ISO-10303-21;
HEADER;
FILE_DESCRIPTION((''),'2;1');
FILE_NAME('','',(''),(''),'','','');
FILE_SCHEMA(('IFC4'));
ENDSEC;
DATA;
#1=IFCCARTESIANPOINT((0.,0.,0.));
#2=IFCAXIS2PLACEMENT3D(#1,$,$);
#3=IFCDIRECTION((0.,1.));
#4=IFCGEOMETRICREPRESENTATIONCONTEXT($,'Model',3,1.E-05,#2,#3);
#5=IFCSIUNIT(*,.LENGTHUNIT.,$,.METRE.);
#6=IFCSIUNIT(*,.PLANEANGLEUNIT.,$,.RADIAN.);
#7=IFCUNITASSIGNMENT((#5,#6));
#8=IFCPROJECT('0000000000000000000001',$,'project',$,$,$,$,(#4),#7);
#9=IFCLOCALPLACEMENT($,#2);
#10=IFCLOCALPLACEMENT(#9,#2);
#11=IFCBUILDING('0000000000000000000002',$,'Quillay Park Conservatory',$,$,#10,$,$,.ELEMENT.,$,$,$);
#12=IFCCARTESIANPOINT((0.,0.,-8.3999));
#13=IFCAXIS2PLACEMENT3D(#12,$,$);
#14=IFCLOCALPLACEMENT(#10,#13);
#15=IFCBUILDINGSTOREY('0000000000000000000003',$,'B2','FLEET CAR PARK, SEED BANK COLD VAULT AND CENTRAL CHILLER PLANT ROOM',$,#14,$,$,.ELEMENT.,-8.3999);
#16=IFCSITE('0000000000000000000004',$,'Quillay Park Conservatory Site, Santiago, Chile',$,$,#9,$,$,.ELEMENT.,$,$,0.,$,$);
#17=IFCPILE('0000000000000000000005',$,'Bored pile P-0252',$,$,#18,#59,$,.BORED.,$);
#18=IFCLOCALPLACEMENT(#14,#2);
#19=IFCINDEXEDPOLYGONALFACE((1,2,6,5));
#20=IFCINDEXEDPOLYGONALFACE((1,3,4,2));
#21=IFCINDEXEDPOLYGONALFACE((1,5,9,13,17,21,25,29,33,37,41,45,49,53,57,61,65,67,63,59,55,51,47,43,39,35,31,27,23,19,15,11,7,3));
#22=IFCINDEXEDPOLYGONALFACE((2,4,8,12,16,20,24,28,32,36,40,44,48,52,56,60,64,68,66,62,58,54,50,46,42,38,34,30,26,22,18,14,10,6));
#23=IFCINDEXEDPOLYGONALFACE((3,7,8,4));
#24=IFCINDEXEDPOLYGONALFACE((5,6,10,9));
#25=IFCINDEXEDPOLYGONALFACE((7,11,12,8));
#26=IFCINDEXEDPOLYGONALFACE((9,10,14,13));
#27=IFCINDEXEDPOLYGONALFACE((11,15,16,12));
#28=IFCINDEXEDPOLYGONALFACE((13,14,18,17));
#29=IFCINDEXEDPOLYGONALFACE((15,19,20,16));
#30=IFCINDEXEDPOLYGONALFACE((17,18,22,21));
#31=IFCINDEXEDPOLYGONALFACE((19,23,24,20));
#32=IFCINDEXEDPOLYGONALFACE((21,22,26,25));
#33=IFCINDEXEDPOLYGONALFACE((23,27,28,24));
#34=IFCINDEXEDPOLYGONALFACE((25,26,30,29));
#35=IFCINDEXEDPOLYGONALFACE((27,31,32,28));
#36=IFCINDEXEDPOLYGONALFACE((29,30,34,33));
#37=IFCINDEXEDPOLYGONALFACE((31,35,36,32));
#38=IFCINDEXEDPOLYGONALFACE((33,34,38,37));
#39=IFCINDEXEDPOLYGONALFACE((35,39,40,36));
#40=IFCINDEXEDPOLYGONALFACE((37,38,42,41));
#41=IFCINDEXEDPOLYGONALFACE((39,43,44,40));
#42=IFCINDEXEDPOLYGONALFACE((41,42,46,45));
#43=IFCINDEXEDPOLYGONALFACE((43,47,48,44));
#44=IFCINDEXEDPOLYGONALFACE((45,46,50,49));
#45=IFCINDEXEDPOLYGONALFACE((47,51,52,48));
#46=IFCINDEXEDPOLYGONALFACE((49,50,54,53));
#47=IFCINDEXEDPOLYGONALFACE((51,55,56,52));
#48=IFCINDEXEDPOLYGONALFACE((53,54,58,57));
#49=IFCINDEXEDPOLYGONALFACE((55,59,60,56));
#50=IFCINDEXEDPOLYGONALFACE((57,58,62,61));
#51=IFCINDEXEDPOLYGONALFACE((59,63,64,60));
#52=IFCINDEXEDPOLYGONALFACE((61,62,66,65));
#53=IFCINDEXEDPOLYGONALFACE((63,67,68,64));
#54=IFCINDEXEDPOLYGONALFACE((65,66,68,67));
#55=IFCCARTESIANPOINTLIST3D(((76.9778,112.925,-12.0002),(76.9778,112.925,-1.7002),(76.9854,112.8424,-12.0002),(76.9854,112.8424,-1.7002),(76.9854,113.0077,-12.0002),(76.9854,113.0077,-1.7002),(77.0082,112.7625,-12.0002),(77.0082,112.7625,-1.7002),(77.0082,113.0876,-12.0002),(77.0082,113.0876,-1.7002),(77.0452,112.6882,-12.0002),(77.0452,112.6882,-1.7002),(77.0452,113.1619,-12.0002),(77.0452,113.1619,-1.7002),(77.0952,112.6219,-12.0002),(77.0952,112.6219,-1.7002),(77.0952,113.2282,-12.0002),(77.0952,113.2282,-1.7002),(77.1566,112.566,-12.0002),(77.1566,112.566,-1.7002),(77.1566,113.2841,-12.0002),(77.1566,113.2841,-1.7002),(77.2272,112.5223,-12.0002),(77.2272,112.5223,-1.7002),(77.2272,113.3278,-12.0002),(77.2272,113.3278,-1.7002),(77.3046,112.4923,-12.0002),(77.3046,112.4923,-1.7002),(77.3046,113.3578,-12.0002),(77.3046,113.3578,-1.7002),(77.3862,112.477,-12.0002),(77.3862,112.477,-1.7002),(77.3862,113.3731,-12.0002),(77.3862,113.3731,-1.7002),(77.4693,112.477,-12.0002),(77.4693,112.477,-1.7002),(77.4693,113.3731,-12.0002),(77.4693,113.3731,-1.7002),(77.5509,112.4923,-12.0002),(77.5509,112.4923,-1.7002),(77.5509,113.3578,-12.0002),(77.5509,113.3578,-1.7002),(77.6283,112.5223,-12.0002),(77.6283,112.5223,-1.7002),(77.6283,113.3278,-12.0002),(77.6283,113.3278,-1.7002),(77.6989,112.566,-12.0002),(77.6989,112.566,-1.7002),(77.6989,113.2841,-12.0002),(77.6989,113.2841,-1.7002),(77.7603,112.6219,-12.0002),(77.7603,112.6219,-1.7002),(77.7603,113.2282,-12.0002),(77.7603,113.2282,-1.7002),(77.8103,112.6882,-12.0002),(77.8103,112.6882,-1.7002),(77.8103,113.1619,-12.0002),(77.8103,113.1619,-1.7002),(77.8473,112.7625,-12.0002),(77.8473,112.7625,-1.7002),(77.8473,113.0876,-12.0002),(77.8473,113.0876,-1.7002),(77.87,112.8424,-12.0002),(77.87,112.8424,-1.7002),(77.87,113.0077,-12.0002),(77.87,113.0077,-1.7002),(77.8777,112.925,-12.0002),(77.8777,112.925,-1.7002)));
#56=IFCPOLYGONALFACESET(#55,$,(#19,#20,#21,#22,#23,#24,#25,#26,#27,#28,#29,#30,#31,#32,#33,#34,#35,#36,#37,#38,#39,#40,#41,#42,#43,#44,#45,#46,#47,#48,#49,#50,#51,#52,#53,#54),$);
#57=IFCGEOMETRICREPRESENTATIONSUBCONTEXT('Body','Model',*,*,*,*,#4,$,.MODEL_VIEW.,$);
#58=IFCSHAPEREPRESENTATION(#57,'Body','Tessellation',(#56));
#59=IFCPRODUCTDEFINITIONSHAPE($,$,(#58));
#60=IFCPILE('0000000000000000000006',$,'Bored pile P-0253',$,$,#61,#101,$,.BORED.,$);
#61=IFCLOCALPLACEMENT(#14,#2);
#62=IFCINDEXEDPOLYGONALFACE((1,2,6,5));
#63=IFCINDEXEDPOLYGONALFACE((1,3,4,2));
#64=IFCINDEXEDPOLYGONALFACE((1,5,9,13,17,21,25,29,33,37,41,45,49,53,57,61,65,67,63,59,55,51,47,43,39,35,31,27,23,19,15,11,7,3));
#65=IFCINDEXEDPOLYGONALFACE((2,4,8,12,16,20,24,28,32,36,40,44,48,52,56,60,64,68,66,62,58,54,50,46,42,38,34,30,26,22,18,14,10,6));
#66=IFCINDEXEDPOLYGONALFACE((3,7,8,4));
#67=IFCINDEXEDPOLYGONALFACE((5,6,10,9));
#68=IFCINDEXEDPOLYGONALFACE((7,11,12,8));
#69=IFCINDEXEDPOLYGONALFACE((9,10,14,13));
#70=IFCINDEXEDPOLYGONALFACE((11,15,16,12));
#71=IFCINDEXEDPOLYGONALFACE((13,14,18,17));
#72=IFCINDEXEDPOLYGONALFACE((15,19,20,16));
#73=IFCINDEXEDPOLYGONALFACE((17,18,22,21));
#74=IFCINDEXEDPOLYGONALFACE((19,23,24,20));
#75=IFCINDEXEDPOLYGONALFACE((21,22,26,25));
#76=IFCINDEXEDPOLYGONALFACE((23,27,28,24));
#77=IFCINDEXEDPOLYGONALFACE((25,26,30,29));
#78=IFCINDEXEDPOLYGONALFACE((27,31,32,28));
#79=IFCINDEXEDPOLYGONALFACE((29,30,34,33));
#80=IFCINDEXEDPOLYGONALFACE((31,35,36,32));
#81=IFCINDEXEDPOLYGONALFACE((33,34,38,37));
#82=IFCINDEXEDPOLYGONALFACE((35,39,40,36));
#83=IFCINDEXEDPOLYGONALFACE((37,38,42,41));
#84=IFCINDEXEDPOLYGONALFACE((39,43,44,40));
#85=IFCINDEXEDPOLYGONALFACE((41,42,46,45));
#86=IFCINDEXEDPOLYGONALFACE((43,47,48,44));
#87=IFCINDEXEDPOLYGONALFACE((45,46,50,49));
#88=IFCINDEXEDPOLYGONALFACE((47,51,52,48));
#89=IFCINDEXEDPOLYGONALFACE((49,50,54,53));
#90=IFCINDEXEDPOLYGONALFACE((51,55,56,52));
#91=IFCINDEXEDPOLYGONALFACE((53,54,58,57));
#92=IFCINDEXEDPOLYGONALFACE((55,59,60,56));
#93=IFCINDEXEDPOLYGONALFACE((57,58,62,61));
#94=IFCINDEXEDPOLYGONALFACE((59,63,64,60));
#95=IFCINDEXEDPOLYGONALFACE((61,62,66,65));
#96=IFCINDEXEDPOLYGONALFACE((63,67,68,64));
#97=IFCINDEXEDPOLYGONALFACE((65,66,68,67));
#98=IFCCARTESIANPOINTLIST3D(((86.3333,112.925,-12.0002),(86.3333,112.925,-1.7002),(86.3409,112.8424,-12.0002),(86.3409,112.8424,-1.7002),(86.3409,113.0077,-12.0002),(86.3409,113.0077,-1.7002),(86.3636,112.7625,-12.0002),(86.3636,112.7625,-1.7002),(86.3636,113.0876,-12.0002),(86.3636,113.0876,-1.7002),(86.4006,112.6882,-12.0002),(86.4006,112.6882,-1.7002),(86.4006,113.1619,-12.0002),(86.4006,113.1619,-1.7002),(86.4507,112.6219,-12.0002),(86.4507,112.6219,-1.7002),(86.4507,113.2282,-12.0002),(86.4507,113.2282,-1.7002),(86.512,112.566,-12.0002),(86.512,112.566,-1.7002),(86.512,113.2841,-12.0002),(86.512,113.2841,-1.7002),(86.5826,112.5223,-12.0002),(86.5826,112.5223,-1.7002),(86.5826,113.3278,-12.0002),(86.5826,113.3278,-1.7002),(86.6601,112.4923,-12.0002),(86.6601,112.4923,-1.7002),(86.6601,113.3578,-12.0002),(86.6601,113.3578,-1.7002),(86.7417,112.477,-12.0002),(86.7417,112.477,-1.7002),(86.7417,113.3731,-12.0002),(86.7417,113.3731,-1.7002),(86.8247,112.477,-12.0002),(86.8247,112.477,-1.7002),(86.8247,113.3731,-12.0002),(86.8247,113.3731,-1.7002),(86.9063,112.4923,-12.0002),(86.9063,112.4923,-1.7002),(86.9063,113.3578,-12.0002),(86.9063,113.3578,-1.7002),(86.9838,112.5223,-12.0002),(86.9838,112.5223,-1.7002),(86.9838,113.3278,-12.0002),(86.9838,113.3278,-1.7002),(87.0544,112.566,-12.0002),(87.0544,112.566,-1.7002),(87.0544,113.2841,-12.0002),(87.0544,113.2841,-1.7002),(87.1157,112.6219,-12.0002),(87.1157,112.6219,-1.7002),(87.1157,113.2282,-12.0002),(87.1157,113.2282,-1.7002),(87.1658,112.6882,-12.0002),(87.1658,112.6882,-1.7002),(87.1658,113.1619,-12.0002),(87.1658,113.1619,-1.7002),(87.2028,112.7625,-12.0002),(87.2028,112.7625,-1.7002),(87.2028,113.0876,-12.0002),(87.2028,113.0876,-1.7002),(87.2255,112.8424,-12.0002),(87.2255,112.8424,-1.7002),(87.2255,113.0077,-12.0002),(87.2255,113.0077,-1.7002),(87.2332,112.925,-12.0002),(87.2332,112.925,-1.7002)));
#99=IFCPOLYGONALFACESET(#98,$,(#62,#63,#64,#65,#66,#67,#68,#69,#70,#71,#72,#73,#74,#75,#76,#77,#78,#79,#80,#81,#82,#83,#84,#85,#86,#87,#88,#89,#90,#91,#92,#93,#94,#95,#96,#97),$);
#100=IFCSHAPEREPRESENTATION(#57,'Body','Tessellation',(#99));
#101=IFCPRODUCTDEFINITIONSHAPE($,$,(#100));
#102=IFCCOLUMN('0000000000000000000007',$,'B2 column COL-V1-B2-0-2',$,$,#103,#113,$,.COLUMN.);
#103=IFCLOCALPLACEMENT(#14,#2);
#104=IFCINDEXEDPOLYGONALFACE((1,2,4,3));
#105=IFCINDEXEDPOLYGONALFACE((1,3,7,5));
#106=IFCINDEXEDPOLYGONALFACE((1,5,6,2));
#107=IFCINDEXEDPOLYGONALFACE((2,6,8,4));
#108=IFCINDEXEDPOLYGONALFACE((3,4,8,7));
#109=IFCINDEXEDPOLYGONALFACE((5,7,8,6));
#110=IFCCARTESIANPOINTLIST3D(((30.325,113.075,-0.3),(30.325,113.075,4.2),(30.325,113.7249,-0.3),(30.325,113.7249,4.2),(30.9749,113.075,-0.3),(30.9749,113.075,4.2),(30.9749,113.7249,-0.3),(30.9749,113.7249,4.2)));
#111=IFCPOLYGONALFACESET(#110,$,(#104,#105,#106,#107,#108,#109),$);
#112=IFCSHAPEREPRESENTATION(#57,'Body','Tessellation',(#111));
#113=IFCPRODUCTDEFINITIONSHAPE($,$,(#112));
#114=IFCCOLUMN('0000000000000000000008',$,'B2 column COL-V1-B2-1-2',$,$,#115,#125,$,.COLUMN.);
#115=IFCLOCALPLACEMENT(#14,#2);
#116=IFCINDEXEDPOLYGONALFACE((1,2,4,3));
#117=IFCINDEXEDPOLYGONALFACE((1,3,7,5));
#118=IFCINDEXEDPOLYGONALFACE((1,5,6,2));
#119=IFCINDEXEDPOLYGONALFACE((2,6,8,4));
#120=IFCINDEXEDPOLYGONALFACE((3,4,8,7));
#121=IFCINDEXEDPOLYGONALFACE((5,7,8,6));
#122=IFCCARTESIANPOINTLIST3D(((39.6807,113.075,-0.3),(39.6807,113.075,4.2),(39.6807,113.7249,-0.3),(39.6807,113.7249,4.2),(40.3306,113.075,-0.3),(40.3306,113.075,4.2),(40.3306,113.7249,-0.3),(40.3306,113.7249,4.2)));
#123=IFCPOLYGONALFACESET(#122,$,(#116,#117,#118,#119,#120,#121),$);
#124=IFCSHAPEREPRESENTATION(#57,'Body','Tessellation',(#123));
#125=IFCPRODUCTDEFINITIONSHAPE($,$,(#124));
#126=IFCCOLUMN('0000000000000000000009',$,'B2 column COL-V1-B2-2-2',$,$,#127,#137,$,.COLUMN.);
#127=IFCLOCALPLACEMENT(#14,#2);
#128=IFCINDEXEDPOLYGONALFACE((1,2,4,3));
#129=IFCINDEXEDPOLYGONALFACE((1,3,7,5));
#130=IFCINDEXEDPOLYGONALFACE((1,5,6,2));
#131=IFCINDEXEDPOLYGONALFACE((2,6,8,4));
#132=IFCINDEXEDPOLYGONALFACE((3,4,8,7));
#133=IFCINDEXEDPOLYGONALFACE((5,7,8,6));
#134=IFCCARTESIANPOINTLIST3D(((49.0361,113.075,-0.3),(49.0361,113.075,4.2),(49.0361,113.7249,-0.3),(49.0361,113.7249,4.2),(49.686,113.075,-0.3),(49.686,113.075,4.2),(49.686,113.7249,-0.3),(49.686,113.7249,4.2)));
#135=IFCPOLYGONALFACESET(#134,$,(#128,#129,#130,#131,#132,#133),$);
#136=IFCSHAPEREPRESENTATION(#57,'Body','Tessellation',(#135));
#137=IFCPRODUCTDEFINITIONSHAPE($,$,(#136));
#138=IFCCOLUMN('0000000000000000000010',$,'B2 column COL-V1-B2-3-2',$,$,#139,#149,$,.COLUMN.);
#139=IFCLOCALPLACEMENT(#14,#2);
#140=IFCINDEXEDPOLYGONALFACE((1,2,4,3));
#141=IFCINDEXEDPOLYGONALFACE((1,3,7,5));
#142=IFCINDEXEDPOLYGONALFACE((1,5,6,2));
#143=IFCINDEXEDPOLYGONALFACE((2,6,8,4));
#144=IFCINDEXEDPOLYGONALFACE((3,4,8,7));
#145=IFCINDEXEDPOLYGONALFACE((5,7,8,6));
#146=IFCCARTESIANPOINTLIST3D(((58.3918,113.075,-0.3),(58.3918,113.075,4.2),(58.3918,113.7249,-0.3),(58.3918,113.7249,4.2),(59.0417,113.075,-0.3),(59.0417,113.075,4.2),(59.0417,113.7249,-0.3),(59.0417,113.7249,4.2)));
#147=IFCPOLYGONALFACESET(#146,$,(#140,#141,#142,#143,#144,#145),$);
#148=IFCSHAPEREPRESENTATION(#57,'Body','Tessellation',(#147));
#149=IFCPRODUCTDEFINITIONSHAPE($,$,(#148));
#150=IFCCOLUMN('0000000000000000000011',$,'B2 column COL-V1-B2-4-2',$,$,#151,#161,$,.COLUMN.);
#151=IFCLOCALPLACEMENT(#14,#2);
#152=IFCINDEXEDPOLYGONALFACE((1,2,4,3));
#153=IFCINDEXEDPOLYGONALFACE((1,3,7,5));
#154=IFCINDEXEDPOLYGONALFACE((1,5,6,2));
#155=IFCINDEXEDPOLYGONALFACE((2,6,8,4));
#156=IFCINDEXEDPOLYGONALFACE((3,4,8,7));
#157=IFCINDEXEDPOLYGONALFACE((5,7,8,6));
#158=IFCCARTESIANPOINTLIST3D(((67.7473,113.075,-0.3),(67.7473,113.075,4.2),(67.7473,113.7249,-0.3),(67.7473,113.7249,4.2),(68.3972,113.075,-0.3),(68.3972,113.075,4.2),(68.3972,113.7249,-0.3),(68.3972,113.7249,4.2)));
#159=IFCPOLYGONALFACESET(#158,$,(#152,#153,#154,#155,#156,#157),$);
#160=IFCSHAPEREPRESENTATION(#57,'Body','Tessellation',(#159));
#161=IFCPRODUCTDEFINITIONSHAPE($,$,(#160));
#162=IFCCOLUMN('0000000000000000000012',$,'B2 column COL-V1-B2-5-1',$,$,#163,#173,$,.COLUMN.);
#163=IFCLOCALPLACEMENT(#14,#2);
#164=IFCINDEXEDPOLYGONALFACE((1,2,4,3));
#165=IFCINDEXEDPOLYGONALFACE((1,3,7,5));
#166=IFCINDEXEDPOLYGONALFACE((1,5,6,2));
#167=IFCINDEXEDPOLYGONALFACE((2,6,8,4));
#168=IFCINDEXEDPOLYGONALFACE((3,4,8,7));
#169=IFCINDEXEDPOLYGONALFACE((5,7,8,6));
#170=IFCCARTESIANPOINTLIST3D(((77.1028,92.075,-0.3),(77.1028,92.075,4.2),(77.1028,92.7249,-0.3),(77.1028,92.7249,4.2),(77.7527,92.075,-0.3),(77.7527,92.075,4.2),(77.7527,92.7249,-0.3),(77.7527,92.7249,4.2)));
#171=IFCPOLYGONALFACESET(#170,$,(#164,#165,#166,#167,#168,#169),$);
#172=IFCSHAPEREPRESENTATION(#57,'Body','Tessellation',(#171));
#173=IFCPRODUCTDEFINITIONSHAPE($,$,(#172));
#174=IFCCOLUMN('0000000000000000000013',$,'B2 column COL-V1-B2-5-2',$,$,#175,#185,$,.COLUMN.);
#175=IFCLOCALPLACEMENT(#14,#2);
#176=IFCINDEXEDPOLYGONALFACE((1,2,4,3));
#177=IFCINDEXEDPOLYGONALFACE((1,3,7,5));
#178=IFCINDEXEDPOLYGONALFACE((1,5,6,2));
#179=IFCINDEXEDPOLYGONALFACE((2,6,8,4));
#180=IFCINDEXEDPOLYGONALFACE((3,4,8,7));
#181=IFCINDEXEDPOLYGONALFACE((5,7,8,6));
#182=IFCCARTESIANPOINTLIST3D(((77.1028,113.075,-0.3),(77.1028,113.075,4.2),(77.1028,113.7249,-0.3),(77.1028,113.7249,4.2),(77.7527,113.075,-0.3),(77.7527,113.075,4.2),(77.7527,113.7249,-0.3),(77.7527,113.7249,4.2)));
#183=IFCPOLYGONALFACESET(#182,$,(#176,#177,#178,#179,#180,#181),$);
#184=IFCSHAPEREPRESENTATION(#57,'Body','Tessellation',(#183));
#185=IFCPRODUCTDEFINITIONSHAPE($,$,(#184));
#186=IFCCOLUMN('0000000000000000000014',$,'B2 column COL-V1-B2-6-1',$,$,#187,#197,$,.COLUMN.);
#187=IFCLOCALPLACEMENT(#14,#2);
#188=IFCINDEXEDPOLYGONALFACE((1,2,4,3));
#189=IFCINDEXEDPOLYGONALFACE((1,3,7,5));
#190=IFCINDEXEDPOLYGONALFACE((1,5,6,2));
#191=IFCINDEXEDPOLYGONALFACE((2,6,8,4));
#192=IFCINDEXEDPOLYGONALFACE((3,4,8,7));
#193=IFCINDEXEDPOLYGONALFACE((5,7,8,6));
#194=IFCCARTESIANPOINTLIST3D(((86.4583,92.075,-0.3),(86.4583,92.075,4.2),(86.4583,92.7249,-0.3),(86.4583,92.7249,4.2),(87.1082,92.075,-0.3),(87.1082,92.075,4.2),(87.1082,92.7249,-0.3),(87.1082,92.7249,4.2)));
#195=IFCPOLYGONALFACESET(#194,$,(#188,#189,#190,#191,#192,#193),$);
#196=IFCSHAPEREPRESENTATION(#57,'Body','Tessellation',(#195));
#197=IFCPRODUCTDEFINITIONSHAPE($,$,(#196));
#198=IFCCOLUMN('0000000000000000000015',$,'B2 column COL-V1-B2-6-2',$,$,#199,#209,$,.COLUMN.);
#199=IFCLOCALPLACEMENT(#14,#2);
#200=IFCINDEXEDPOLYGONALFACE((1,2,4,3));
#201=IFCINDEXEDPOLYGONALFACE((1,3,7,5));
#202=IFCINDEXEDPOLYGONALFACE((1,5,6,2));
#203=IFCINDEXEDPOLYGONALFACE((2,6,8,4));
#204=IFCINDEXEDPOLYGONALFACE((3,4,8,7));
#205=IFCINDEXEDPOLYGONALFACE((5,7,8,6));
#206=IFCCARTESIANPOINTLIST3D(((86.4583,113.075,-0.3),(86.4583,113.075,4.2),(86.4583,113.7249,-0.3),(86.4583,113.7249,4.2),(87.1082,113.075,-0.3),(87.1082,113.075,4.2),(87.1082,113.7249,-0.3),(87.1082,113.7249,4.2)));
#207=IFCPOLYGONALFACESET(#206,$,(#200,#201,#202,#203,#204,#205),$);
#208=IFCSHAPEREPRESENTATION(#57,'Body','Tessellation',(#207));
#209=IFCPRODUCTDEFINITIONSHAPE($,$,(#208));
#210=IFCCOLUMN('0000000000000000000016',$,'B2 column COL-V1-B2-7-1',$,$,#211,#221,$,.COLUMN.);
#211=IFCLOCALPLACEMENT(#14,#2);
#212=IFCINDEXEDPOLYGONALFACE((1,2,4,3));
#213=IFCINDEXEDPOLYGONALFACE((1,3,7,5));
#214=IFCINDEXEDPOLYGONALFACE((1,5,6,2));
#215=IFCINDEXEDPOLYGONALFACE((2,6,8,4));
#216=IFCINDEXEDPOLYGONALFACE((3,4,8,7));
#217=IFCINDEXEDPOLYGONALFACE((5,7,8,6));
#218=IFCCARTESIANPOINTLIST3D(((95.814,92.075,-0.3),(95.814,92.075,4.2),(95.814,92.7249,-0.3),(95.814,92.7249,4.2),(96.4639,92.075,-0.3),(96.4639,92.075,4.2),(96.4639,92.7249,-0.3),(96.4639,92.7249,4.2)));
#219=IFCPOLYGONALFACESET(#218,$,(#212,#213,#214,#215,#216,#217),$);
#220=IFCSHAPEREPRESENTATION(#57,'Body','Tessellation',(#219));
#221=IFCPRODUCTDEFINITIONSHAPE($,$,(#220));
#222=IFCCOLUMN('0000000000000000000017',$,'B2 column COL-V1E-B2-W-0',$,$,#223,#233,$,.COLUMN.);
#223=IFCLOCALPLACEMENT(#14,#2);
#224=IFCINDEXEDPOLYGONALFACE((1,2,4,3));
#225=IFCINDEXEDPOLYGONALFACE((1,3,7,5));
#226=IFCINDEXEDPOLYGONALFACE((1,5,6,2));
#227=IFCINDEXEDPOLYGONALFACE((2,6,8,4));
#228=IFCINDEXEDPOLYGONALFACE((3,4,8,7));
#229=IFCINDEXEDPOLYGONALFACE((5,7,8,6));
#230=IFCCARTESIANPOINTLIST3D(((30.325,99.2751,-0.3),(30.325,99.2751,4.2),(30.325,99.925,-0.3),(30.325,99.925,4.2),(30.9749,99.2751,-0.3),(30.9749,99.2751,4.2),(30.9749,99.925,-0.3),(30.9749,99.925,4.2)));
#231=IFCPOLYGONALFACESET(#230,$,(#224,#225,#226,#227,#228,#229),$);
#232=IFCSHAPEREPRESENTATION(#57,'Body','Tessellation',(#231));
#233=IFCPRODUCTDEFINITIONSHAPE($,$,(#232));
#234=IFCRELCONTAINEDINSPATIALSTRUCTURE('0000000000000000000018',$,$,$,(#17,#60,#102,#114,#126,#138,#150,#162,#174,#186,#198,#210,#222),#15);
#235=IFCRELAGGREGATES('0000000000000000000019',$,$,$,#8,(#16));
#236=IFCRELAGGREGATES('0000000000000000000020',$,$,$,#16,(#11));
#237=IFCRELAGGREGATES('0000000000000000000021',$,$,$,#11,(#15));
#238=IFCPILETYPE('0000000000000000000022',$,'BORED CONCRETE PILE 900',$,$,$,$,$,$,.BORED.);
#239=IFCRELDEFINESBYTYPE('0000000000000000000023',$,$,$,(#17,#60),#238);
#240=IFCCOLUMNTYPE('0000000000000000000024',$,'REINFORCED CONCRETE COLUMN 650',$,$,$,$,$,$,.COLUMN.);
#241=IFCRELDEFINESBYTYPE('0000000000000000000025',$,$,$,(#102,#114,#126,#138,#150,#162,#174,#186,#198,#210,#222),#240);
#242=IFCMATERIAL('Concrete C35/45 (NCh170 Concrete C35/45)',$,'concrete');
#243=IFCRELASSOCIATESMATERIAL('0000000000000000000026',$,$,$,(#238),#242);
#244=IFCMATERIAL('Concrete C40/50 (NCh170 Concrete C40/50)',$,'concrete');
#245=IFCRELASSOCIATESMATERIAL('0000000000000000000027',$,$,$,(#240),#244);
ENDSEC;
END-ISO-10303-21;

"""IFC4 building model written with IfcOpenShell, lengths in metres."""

from ifc_helpers import new_model, si_unit, direction, frame, origin, origin_2d, place, context, subcontext, project, spatial, rectangle, circle, extrude, material, material_profile, profile_set, type_object, element, save


model = new_model("IFC4")

# Units and contexts
model_context = context("Model", 3, precision=1e-05, world=origin(), true_north=direction((0.0, 1.0)))
body_context = subcontext(model_context, "Body", "Model", "MODEL_VIEW")
ifc_project = project(units=[si_unit("LENGTHUNIT", "METRE"), si_unit("PLANEANGLEUNIT", "RADIAN")], contexts=[model_context])

# Site, building, storey
site_placement = place(None, origin())
site = spatial("IfcSite", under=ifc_project, at=site_placement, Name="Quillay Park Conservatory Site, Santiago, Chile", CompositionType="ELEMENT", RefElevation=0.0)
building_placement = place(site_placement, origin())
building = spatial("IfcBuilding", under=site, at=building_placement, Name="Quillay Park Conservatory", CompositionType="ELEMENT")
storey_placement = place(building_placement, frame((0.0, 0.0, -8.3999)))
storey = spatial("IfcBuildingStorey", under=building, at=storey_placement, Name="B2", Description="FLEET CAR PARK, SEED BANK COLD VAULT AND CENTRAL CHILLER PLANT ROOM", CompositionType="ELEMENT", Elevation=-8.3999)

# Piles
ifc_material_1 = material(Name="Concrete C35/45 (NCh170 Concrete C35/45)", Category="concrete")
ifc_material_profile_1 = material_profile(ifc_material_1, circle(Radius=0.45, at=origin_2d()), Name="PILE900")
ifc_profile_set_1 = profile_set([ifc_material_profile_1], Name="Concrete C35/45 (NCh170 Concrete C35/45)")
pile_type_1 = type_object("IfcPileType", Name="BORED CONCRETE PILE 900", PredefinedType="BORED", material=ifc_profile_set_1)
for number, where, z_axis, x_axis, name in (
    (1, (77.4277, 112.925, -1.7002), (0.0, 0.0, -1.0), (1.0, 0.0, 0.0), "Bored pile P-0252"),
    (2, (86.7832, 112.925, -1.7002), (0.0, 0.0, -1.0), (1.0, 0.0, 0.0), "Bored pile P-0253"),
):
    element("IfcPile", number, at=place(storey_placement, frame(where, z_axis=z_axis, x_axis=x_axis)), inside=storey, type_object=pile_type_1, Name=name, PredefinedType="BORED", context=body_context, shape_type="SweptSolid", body=[
        extrude(circle(Radius=0.45, at=origin_2d()), origin(), (0.0, 0.0, 1.0), 10.3),
    ])

# Columns
ifc_material_2 = material(Name="Concrete C40/50 (NCh170 Concrete C40/50)", Category="concrete")
ifc_material_profile_2 = material_profile(ifc_material_2, rectangle(XDim=0.6499, YDim=0.6499, at=origin_2d()), Name="RC650x650")
ifc_profile_set_2 = profile_set([ifc_material_profile_2], Name="Concrete C40/50 (NCh170 Concrete C40/50)")
column_type = type_object("IfcColumnType", Name="REINFORCED CONCRETE COLUMN 650", PredefinedType="COLUMN", material=ifc_profile_set_2)
for number, where, z_axis, x_axis, name in (
    (3, (30.6499, 113.3999, -0.3), (0.0, 0.0, 1.0), (1.0, 0.0, 0.0), "B2 column COL-V1-B2-0-2"),
    (4, (40.0056, 113.3999, -0.3), (0.0, 0.0, 1.0), (1.0, 0.0, 0.0), "B2 column COL-V1-B2-1-2"),
    (5, (49.3611, 113.3999, -0.3), (0.0, 0.0, 1.0), (1.0, 0.0, 0.0), "B2 column COL-V1-B2-2-2"),
    (6, (58.7168, 113.3999, -0.3), (0.0, 0.0, 1.0), (1.0, 0.0, 0.0), "B2 column COL-V1-B2-3-2"),
    (7, (68.0723, 113.3999, -0.3), (0.0, 0.0, 1.0), (1.0, 0.0, 0.0), "B2 column COL-V1-B2-4-2"),
    (8, (77.4277, 92.3999, -0.3), (0.0, 0.0, 1.0), (1.0, 0.0, 0.0), "B2 column COL-V1-B2-5-1"),
    (9, (77.4277, 113.3999, -0.3), (0.0, 0.0, 1.0), (1.0, 0.0, 0.0), "B2 column COL-V1-B2-5-2"),
    (10, (86.7832, 92.3999, -0.3), (0.0, 0.0, 1.0), (1.0, 0.0, 0.0), "B2 column COL-V1-B2-6-1"),
    (11, (86.7832, 113.3999, -0.3), (0.0, 0.0, 1.0), (1.0, 0.0, 0.0), "B2 column COL-V1-B2-6-2"),
    (12, (96.1389, 92.3999, -0.3), (0.0, 0.0, 1.0), (1.0, 0.0, 0.0), "B2 column COL-V1-B2-7-1"),
    (13, (30.6499, 99.6001, -0.3), (0.0, 0.0, 1.0), (1.0, 0.0, 0.0), "B2 column COL-V1E-B2-W-0"),
):
    element("IfcColumn", number, at=place(storey_placement, frame(where, z_axis=z_axis, x_axis=x_axis)), inside=storey, type_object=column_type, Name=name, PredefinedType="COLUMN", context=body_context, shape_type="SweptSolid", body=[
        extrude(rectangle(XDim=0.6499, YDim=0.6499, at=origin_2d()), origin(), (0.0, 0.0, 1.0), 4.5),
    ])

save(model, "model.ifc")
